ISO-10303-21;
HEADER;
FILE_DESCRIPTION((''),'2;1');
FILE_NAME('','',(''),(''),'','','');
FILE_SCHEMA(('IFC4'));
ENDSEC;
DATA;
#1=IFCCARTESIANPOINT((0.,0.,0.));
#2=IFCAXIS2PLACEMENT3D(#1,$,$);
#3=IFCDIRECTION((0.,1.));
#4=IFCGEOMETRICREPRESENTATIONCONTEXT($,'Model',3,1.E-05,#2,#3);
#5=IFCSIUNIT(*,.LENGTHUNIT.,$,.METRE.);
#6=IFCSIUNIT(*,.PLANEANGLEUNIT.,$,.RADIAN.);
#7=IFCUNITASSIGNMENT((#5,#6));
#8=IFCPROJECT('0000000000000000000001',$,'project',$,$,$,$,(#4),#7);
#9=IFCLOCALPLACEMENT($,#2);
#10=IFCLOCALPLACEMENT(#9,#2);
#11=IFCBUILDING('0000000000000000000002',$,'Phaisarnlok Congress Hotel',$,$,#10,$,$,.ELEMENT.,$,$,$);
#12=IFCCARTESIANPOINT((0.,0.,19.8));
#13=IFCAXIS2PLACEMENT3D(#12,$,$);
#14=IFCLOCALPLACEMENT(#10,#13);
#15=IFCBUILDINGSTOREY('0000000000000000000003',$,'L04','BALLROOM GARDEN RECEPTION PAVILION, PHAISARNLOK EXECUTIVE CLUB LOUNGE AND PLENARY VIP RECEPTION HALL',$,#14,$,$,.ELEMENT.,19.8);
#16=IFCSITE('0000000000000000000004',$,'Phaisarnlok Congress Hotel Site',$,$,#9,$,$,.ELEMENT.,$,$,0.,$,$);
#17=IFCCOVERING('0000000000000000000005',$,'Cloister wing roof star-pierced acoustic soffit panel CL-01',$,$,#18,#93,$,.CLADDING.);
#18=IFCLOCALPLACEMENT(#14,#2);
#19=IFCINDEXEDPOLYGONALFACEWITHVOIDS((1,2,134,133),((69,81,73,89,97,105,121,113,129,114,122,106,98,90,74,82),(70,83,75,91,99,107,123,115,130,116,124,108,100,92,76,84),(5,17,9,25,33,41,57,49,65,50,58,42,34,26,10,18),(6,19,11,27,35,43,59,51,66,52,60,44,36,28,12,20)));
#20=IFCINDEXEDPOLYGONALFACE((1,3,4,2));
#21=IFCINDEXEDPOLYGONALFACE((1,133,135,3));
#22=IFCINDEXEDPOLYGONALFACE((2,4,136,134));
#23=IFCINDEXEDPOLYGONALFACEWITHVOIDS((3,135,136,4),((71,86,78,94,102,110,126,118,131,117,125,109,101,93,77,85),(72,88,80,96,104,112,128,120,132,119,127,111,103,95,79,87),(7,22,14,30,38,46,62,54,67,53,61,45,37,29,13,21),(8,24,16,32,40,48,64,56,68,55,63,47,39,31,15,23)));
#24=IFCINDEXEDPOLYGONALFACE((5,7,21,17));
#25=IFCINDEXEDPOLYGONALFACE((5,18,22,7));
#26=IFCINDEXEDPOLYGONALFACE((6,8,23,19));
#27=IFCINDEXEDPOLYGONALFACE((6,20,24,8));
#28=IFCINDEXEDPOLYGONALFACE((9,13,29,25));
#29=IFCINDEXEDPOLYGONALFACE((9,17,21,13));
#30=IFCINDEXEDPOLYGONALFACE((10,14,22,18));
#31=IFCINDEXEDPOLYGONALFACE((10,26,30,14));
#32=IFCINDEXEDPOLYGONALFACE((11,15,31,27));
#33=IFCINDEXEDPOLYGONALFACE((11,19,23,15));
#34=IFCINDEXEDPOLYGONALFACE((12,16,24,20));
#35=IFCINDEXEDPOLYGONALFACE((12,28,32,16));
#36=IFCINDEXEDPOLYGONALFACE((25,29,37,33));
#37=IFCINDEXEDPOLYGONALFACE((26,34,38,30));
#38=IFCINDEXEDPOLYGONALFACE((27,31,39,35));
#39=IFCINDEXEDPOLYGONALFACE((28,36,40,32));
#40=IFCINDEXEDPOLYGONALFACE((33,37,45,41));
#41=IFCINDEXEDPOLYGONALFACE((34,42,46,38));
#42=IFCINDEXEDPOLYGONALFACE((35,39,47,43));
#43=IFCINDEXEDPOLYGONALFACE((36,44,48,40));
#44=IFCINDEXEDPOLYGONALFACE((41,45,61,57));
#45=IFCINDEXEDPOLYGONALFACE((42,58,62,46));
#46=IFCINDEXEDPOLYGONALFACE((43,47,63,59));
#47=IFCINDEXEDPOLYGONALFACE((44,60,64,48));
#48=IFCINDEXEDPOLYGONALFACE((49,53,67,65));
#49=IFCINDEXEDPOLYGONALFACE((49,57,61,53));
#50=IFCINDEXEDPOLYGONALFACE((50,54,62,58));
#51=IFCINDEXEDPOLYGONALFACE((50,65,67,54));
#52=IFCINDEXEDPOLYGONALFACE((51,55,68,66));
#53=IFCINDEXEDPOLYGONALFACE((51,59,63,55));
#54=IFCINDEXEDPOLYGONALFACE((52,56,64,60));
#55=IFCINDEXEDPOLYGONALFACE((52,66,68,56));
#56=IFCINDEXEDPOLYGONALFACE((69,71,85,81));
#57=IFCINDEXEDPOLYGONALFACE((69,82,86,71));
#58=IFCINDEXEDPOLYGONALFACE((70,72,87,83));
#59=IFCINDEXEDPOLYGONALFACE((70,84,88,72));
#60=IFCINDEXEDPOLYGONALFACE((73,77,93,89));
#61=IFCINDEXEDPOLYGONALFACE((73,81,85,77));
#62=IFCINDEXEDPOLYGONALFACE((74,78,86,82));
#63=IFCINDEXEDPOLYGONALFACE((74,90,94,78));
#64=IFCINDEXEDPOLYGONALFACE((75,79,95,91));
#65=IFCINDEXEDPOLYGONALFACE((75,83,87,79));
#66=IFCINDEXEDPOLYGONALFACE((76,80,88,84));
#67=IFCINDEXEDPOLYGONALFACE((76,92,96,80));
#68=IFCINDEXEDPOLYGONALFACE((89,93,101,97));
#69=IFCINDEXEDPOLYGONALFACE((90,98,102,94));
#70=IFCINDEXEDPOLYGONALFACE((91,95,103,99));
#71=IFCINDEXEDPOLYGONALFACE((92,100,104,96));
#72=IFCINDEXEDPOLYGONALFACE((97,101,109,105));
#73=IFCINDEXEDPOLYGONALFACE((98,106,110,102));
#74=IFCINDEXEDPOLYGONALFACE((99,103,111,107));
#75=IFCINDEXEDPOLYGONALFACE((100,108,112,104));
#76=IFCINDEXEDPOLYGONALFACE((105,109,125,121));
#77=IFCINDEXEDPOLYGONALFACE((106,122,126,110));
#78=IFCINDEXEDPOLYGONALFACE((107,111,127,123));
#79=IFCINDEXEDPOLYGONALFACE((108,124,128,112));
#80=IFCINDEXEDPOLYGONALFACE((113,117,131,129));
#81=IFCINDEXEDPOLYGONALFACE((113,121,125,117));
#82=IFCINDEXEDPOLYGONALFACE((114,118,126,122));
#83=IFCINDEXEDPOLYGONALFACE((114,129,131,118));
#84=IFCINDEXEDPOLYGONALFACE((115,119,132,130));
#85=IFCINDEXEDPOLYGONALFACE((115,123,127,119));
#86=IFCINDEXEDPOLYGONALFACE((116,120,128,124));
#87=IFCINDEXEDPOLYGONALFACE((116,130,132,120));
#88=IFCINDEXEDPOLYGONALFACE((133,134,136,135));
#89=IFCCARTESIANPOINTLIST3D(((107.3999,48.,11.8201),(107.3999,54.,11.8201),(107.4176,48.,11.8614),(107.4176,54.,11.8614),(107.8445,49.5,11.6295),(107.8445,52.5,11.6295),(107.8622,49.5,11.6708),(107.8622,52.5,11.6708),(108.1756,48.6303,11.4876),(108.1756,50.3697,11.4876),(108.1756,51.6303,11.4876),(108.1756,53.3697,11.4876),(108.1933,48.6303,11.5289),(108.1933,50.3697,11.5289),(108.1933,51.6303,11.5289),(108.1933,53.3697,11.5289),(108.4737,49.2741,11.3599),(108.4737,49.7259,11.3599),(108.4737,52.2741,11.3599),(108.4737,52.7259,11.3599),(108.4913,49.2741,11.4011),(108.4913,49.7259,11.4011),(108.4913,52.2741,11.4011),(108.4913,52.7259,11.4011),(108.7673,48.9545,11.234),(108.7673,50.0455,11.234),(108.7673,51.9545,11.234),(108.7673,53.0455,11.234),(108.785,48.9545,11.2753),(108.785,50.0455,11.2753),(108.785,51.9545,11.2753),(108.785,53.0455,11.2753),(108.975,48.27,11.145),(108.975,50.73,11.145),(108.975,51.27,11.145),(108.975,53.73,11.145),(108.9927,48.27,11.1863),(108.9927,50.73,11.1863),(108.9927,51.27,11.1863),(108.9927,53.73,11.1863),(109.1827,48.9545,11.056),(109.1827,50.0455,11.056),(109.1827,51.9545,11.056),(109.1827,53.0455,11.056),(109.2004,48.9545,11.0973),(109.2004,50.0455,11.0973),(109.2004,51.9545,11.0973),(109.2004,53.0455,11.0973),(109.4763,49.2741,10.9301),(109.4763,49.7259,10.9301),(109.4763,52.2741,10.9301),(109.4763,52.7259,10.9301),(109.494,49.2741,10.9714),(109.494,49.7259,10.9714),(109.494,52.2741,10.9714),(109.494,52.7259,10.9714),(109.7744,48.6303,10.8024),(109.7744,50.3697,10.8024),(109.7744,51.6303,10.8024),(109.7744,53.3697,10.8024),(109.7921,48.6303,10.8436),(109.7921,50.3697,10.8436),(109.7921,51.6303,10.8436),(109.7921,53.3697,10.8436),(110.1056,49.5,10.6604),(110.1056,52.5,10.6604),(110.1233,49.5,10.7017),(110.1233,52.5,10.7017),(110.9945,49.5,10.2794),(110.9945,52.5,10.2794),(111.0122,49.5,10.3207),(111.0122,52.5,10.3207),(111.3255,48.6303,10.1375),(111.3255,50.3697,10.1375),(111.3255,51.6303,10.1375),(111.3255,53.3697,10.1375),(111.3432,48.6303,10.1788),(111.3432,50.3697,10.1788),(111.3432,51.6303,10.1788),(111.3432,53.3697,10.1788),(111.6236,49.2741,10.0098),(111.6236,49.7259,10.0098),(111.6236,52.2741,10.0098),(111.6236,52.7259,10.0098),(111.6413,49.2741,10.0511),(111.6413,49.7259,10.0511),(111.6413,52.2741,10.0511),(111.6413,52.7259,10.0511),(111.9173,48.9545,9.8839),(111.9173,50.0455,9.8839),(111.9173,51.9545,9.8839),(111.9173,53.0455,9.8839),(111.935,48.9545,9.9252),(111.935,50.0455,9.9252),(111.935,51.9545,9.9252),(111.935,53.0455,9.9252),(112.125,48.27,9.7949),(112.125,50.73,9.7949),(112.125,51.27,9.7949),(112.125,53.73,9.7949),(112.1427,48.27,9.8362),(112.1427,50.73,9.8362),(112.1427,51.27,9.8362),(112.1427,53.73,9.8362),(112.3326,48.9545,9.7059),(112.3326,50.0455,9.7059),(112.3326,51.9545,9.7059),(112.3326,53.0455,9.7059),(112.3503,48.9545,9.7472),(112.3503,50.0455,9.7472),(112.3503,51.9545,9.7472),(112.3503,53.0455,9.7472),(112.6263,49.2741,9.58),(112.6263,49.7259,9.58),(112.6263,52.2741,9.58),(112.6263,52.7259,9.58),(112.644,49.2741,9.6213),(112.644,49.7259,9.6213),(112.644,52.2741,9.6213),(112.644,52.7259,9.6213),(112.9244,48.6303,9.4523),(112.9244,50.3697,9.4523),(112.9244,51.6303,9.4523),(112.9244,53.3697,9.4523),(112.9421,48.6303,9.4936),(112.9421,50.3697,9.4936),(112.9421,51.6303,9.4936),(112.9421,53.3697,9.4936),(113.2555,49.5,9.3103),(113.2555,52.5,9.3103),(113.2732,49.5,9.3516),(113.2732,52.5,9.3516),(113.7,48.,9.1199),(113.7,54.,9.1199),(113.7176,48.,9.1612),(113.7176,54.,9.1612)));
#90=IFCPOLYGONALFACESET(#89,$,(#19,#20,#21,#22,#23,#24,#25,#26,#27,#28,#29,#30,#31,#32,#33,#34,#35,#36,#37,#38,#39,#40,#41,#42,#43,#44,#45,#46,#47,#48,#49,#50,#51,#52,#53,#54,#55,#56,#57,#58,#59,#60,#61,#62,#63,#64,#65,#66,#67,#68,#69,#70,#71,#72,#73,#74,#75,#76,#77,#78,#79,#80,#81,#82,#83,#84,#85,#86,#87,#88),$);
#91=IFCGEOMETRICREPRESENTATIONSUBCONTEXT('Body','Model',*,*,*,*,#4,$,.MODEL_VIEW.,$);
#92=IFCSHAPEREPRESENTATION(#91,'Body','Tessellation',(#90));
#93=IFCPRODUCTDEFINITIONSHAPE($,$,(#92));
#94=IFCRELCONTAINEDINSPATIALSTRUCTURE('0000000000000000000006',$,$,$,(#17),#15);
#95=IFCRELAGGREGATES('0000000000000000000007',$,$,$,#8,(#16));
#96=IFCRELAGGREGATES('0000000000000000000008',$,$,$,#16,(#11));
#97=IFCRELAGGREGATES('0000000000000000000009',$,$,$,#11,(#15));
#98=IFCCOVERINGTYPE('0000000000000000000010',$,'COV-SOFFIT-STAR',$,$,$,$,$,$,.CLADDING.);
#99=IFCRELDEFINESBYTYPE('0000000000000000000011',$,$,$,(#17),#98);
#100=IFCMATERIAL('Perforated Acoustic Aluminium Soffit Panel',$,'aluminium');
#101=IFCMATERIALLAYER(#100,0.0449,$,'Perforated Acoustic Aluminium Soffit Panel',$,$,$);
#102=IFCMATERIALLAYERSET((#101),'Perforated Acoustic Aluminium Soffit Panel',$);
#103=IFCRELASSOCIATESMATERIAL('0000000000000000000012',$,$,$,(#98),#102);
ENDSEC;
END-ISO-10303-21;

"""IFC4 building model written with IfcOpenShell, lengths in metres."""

from ifc_helpers import new_model, si_unit, direction, frame, origin, place, context, subcontext, project, spatial, polyline, outline, extrude, material, layer, layer_set, type_object, element, save


model = new_model("IFC4")

# Units and contexts
model_context = context("Model", 3, precision=1e-05, world=origin(), true_north=direction((0.0, 1.0)))
body_context = subcontext(model_context, "Body", "Model", "MODEL_VIEW")
ifc_project = project(units=[si_unit("LENGTHUNIT", "METRE"), si_unit("PLANEANGLEUNIT", "RADIAN")], contexts=[model_context])

# Site, building, storey
site_placement = place(None, origin())
site = spatial("IfcSite", under=ifc_project, at=site_placement, Name="Phaisarnlok Congress Hotel Site", CompositionType="ELEMENT", RefElevation=0.0)
building_placement = place(site_placement, origin())
building = spatial("IfcBuilding", under=site, at=building_placement, Name="Phaisarnlok Congress Hotel", CompositionType="ELEMENT")
storey_placement = place(building_placement, frame((0.0, 0.0, 19.8)))
storey = spatial("IfcBuildingStorey", under=building, at=storey_placement, Name="L04", Description="BALLROOM GARDEN RECEPTION PAVILION, PHAISARNLOK EXECUTIVE CLUB LOUNGE AND PLENARY VIP RECEPTION HALL", CompositionType="ELEMENT", Elevation=19.8)

# Covering
ifc_material_1 = material(Name="Perforated Acoustic Aluminium Soffit Panel", Category="aluminium")
ifc_layer_1 = layer(ifc_material_1, 0.0449, Name="Perforated Acoustic Aluminium Soffit Panel")
ifc_layer_set_1 = layer_set([ifc_layer_1], Name="Perforated Acoustic Aluminium Soffit Panel")
covering_type = type_object("IfcCoveringType", Name="COV-SOFFIT-STAR", PredefinedType="CLADDING", material=ifc_layer_set_1)
covering_1_placement = place(storey_placement, frame((113.7, 48.0, 9.1199), z_axis=(0.393941, 0.0, 0.919136), x_axis=(0.0, 1.0, 0.0)))
element("IfcCovering", 1, at=covering_1_placement, inside=storey, type_object=covering_type, Name="Cloister wing roof star-pierced acoustic soffit panel CL-01", PredefinedType="CLADDING", context=body_context, shape_type="SweptSolid", body=[
    extrude(outline(polyline([(0.0, 0.0), (6.0, 0.0), (6.0, 6.8543), (0.0, 6.8543), (0.0, 0.0)]), holes=[polyline([(2.0455, 1.4876), (2.3697, 0.8438), (1.7259, 1.1681), (1.5, 0.4835), (1.2741, 1.1681), (0.6303, 0.8438), (0.9545, 1.4876), (0.27, 1.7135), (0.9545, 1.9395), (0.6303, 2.5833), (1.2741, 2.259), (1.5, 2.9435), (1.7259, 2.259), (2.3697, 2.5833), (2.0455, 1.9395), (2.73, 1.7135), (2.0455, 1.4876)]), polyline([(2.0455, 4.9147), (2.3697, 4.2709), (1.7259, 4.5952), (1.5, 3.9106), (1.2741, 4.5952), (0.6303, 4.2709), (0.9545, 4.9147), (0.27, 5.1406), (0.9545, 5.3666), (0.6303, 6.0104), (1.2741, 5.6861), (1.5, 6.3706), (1.7259, 5.6861), (2.3697, 6.0104), (2.0455, 5.3666), (2.73, 5.1406), (2.0455, 4.9147)]), polyline([(5.0455, 1.4876), (5.3697, 0.8438), (4.7259, 1.1681), (4.5, 0.4835), (4.2741, 1.1681), (3.6303, 0.8438), (3.9545, 1.4876), (3.27, 1.7135), (3.9545, 1.9395), (3.6303, 2.5833), (4.2741, 2.259), (4.5, 2.9435), (4.7259, 2.259), (5.3697, 2.5833), (5.0455, 1.9395), (5.73, 1.7135), (5.0455, 1.4876)]), polyline([(5.0455, 4.9147), (5.3697, 4.2709), (4.7259, 4.5952), (4.5, 3.9106), (4.2741, 4.5952), (3.6303, 4.2709), (3.9545, 4.9147), (3.27, 5.1406), (3.9545, 5.3666), (3.6303, 6.0104), (4.2741, 5.6861), (4.5, 6.3706), (4.7259, 5.6861), (5.3697, 6.0104), (5.0455, 5.3666), (5.73, 5.1406), (5.0455, 4.9147)])]), origin(), (0.0, 0.0, 1.0), 0.0449),
])

save(model, "model.ifc")
